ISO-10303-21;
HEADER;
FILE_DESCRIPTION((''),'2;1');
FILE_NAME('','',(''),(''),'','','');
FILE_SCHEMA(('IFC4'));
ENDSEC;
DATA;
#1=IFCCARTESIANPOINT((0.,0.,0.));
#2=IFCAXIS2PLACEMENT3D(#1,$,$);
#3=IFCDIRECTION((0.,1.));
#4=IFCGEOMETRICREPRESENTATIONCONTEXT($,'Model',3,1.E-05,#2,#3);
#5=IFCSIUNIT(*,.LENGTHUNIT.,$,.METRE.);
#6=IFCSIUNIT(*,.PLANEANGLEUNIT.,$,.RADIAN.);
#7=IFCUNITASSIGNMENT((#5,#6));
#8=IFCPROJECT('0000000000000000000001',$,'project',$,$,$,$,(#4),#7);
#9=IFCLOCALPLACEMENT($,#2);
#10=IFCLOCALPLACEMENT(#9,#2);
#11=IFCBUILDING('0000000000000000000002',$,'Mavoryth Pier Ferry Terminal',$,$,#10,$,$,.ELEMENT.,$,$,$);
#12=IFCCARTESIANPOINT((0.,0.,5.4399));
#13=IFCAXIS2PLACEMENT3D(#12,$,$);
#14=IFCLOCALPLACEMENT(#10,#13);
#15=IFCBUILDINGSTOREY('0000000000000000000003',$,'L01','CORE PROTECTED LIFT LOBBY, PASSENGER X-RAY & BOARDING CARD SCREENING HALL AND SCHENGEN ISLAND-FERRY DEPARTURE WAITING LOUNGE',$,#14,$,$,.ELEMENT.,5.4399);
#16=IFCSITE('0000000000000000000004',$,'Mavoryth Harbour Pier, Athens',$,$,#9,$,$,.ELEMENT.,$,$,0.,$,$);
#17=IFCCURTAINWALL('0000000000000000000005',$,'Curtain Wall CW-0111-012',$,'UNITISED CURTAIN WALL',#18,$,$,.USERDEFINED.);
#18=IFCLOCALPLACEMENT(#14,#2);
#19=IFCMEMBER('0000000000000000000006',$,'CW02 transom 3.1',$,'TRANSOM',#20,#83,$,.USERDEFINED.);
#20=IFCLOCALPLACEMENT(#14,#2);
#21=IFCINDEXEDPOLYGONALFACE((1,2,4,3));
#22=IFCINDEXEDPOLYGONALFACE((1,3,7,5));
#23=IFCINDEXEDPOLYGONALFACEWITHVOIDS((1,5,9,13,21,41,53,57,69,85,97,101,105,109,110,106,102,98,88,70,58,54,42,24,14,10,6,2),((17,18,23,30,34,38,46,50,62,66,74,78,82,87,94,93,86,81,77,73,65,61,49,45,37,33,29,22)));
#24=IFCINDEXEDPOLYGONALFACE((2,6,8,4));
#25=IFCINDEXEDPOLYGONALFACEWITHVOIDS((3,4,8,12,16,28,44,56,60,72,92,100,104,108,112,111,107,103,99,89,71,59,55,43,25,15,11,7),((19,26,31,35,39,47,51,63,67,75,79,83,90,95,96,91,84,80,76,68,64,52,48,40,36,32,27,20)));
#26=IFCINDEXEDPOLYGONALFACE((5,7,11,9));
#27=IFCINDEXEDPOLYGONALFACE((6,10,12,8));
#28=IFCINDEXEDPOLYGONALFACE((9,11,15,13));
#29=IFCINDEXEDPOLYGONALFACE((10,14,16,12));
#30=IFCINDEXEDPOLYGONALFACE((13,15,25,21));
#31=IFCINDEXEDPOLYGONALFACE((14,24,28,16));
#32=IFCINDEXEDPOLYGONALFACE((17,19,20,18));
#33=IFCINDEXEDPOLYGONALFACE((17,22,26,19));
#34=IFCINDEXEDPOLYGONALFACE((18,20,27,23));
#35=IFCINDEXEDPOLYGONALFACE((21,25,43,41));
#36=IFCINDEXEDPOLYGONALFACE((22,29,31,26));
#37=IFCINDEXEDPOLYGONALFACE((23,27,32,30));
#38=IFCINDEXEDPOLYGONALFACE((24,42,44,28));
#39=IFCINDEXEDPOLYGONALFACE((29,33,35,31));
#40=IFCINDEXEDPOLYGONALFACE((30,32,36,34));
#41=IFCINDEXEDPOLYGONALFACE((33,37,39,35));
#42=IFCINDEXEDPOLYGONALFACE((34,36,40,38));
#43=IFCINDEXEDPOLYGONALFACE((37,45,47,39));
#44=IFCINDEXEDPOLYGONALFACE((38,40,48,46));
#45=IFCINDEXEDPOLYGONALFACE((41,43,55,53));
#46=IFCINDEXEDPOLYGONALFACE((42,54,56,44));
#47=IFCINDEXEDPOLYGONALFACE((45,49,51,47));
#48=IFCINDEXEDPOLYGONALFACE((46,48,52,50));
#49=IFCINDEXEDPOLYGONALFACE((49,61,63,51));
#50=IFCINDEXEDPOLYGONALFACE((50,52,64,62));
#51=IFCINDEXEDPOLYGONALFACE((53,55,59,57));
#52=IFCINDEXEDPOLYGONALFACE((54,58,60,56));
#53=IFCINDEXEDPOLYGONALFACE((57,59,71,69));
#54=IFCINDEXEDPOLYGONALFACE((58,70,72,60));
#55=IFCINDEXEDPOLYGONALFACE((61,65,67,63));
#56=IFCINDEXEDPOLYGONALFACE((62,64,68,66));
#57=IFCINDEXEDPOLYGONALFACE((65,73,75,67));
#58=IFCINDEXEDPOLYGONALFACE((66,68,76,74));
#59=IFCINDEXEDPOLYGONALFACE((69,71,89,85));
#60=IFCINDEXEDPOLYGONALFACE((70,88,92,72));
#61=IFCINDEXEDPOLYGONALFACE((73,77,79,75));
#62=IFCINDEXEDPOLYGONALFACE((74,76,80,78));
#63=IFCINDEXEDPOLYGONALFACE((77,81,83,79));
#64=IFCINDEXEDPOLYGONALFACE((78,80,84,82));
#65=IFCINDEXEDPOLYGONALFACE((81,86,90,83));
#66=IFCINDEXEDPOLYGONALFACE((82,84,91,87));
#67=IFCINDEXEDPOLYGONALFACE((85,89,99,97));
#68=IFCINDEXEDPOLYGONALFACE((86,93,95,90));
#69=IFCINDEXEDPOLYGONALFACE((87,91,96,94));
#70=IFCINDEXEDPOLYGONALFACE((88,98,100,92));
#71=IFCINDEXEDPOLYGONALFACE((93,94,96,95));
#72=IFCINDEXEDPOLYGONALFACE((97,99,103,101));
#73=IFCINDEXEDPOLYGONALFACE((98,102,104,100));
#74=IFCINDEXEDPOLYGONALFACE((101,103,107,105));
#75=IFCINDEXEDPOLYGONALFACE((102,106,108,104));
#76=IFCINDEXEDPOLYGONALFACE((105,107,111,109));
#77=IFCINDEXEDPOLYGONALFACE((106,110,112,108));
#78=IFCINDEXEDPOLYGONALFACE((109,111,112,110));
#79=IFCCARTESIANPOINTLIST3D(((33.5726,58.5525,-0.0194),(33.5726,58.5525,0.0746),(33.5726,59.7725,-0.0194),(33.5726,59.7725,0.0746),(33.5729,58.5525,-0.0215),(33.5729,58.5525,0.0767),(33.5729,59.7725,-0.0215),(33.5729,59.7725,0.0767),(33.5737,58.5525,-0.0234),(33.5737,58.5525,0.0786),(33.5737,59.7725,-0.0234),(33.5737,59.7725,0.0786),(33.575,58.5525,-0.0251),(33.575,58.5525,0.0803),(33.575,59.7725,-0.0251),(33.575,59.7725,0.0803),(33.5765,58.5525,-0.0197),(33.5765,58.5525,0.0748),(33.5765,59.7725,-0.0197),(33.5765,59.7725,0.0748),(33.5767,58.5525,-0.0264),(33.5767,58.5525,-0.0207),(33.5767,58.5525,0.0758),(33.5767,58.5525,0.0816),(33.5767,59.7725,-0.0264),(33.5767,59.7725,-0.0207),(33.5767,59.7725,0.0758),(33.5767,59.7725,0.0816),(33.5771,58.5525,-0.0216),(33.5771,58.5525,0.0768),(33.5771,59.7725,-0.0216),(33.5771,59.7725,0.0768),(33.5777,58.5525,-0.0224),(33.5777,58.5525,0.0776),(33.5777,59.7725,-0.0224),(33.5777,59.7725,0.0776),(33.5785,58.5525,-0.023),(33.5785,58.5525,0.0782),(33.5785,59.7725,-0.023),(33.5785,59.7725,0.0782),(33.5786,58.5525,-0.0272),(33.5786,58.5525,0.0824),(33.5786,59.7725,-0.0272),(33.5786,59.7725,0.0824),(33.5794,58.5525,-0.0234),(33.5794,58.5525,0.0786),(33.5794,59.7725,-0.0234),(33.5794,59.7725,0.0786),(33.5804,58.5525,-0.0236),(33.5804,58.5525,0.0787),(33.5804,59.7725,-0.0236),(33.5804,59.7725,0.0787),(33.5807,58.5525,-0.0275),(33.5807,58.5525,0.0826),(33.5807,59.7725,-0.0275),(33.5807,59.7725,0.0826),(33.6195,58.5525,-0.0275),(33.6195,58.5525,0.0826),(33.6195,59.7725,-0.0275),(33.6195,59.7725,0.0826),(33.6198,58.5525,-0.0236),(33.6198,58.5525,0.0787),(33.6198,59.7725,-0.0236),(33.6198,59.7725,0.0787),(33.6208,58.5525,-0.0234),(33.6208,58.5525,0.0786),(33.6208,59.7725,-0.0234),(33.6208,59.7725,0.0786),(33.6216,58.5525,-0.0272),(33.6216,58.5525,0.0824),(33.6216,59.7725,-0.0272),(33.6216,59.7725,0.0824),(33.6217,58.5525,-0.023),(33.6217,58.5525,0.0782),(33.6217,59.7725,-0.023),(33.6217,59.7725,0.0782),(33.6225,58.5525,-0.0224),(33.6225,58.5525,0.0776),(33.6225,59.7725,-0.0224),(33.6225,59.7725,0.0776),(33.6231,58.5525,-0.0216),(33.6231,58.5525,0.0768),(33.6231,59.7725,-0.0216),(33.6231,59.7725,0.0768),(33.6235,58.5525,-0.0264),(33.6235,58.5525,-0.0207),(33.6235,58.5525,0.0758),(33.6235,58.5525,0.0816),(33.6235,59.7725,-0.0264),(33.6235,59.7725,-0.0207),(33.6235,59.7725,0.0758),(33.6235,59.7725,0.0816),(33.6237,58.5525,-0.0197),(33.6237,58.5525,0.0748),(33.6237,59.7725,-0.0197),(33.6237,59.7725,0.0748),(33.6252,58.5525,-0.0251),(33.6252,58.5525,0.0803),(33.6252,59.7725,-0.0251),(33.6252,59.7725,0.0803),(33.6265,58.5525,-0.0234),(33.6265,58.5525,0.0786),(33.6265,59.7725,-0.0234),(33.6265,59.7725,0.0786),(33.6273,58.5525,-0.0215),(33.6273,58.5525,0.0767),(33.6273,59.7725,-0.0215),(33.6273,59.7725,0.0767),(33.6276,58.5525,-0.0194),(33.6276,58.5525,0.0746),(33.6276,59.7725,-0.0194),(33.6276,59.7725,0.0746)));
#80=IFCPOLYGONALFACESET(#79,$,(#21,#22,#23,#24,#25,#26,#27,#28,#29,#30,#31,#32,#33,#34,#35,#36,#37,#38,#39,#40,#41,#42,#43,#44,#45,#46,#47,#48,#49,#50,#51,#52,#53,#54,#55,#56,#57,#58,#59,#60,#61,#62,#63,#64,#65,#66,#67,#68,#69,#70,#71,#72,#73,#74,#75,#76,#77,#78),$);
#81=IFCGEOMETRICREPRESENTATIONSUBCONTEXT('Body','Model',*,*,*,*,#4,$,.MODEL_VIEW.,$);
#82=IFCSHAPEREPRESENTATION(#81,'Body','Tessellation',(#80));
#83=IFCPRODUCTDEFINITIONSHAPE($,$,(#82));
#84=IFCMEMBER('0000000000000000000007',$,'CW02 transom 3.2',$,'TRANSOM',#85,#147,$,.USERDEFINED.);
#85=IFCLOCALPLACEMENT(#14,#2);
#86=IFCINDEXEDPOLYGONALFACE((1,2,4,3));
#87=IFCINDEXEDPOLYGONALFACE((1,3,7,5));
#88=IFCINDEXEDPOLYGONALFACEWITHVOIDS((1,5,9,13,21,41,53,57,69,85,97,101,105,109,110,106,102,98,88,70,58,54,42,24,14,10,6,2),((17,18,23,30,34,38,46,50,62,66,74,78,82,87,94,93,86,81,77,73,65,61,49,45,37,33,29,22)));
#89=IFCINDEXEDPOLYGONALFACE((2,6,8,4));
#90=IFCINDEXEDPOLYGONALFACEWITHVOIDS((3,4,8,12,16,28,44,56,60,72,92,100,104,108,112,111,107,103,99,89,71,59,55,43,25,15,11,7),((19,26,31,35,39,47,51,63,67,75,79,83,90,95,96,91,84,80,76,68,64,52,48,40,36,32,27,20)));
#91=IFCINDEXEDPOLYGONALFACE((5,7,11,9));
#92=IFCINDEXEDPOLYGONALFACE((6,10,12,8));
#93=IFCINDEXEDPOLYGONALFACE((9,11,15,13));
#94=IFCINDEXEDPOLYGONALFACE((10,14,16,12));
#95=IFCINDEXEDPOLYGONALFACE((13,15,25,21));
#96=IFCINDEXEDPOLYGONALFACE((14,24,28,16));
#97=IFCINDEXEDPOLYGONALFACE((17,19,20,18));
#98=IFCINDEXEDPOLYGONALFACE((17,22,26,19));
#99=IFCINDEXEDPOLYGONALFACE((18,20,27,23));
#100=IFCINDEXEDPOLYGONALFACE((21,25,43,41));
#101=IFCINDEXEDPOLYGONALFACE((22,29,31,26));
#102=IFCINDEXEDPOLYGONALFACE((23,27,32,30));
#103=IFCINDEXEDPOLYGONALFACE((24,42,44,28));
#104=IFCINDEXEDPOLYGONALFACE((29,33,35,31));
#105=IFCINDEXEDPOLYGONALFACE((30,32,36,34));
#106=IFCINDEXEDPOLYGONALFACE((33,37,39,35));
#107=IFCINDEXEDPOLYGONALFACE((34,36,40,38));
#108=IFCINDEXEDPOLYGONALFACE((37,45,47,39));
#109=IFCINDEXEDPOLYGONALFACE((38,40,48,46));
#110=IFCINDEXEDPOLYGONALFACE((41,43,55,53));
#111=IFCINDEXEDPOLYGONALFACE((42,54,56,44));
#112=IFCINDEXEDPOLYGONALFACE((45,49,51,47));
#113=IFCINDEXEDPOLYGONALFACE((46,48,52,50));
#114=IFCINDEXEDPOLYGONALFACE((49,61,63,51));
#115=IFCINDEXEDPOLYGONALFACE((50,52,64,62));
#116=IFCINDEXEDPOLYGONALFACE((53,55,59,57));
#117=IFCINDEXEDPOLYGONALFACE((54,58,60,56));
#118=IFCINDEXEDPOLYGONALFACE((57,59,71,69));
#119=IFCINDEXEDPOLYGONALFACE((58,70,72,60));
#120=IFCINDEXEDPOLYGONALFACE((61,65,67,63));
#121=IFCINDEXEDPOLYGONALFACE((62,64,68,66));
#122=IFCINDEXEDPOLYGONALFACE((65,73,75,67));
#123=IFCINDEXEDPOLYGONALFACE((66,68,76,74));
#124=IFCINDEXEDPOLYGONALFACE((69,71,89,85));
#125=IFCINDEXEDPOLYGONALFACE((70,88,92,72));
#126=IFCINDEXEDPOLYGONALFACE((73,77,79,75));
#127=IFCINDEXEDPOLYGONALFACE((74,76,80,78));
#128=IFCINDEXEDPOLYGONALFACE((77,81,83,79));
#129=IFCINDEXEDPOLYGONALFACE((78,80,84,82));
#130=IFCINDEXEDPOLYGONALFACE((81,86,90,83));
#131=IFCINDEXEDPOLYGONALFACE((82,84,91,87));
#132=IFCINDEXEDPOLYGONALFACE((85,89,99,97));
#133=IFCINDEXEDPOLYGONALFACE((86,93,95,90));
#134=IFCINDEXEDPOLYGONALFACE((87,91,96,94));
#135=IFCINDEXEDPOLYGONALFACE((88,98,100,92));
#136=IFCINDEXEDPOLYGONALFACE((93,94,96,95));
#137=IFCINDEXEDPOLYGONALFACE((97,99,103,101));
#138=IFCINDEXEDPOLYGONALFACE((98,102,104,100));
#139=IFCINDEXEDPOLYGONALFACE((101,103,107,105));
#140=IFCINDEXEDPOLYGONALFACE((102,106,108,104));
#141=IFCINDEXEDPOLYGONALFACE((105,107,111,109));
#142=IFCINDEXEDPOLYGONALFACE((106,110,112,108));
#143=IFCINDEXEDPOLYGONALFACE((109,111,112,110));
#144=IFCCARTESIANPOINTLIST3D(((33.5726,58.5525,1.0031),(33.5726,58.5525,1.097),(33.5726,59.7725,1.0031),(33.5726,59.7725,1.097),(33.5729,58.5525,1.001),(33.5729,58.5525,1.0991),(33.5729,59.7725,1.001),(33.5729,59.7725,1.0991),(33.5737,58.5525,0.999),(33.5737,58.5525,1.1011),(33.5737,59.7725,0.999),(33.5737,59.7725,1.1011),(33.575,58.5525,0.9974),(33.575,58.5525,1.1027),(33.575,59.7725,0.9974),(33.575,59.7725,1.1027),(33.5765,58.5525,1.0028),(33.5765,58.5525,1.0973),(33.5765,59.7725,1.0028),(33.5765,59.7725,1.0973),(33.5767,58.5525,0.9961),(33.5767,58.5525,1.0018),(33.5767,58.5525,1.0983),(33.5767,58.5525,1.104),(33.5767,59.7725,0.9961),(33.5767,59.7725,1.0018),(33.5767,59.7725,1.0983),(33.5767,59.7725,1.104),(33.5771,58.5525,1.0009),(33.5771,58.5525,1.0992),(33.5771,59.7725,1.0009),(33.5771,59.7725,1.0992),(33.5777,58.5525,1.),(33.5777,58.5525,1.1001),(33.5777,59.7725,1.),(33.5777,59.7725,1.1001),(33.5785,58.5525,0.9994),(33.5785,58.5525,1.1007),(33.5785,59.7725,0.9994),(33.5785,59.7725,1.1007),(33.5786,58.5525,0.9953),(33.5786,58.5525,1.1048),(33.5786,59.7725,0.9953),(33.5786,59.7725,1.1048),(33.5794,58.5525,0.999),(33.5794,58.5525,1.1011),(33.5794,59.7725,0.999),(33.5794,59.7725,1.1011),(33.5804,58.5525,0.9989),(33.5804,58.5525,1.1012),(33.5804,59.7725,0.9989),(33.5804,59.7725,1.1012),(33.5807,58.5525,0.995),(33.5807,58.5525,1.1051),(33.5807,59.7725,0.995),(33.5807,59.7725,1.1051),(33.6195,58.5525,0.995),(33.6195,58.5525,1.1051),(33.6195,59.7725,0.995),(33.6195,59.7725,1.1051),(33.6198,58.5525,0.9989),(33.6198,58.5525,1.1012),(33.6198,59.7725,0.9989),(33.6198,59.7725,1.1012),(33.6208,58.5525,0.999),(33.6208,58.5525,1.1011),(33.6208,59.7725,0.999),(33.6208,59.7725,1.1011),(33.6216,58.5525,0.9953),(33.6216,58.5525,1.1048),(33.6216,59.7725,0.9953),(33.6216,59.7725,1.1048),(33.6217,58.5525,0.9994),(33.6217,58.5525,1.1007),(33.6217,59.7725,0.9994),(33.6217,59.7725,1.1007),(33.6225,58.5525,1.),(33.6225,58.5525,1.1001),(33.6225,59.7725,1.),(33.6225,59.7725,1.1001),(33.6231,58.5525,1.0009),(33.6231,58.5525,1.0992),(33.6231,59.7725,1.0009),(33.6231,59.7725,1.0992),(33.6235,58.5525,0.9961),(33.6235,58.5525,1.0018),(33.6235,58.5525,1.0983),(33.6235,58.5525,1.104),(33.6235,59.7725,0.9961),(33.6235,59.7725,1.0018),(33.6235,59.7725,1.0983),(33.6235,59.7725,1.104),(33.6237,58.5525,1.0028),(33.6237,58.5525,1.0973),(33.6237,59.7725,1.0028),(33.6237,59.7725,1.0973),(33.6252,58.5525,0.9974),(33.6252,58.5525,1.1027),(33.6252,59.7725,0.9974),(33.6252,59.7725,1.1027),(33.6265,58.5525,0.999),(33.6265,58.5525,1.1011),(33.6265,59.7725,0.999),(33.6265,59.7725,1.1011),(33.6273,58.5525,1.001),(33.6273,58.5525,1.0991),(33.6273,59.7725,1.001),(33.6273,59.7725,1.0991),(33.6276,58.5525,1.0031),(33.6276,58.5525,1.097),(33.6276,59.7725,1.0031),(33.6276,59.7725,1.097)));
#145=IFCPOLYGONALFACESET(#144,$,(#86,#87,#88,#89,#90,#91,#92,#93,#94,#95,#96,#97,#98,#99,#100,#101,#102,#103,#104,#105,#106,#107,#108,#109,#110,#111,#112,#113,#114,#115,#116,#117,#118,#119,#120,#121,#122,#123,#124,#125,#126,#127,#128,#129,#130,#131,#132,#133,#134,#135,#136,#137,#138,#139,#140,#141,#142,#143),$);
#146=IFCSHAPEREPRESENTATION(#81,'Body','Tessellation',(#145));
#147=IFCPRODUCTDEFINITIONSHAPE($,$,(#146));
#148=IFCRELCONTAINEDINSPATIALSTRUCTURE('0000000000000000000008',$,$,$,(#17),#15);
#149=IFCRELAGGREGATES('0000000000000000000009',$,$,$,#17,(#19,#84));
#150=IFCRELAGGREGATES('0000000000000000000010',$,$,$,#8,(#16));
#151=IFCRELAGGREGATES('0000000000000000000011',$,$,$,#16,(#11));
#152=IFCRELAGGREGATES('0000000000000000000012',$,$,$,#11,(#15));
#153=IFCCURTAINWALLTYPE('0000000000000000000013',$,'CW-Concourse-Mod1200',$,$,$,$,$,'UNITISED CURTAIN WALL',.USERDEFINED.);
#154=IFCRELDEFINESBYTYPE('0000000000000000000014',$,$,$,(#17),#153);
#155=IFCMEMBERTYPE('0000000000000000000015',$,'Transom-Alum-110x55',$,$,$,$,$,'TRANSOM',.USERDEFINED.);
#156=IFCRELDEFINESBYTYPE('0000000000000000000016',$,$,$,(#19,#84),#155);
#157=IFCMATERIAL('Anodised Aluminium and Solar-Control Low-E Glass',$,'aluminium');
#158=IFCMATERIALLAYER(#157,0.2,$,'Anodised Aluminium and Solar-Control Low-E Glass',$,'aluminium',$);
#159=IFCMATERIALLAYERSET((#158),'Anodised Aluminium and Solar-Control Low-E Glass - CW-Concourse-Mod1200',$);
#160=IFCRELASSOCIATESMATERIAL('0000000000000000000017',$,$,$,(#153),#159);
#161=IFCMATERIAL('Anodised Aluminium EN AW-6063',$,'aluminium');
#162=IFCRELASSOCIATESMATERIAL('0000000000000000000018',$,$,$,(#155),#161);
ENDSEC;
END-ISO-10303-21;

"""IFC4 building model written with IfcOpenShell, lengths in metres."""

from ifc_helpers import new_model, si_unit, direction, frame, origin, origin_2d, place, context, subcontext, project, spatial, hollow_rectangle, extrude, material, layer, layer_set, material_profile, profile_set, type_object, element, aggregate, save


model = new_model("IFC4")

# Units and contexts
model_context = context("Model", 3, precision=1e-05, world=origin(), true_north=direction((0.0, 1.0)))
body_context = subcontext(model_context, "Body", "Model", "MODEL_VIEW")
ifc_project = project(units=[si_unit("LENGTHUNIT", "METRE"), si_unit("PLANEANGLEUNIT", "RADIAN")], contexts=[model_context])

# Site, building, storey
site_placement = place(None, origin())
site = spatial("IfcSite", under=ifc_project, at=site_placement, Name="Mavoryth Harbour Pier, Athens", CompositionType="ELEMENT", RefElevation=0.0)
building_placement = place(site_placement, origin())
building = spatial("IfcBuilding", under=site, at=building_placement, Name="Mavoryth Pier Ferry Terminal", CompositionType="ELEMENT")
storey_placement = place(building_placement, frame((0.0, 0.0, 5.4399)))
storey = spatial("IfcBuildingStorey", under=building, at=storey_placement, Name="L01", Description="CORE PROTECTED LIFT LOBBY, PASSENGER X-RAY & BOARDING CARD SCREENING HALL AND SCHENGEN ISLAND-FERRY DEPARTURE WAITING LOUNGE", CompositionType="ELEMENT", Elevation=5.4399)

# Curtain wall, members
ifc_material_1 = material(Name="Anodised Aluminium and Solar-Control Low-E Glass", Category="aluminium")
ifc_layer_1 = layer(ifc_material_1, 0.2, Name="Anodised Aluminium and Solar-Control Low-E Glass", Category="aluminium")
ifc_layer_set_1 = layer_set([ifc_layer_1], Name="Anodised Aluminium and Solar-Control Low-E Glass - CW-Concourse-Mod1200")
curtain_wall_type = type_object("IfcCurtainWallType", Name="CW-Concourse-Mod1200", ElementType="UNITISED CURTAIN WALL", PredefinedType="USERDEFINED", material=ifc_layer_set_1)
curtain_wall_placement = place(storey_placement, origin())
curtain_wall = element("IfcCurtainWall", 1, at=curtain_wall_placement, inside=storey, type_object=curtain_wall_type, Name="Curtain Wall CW-0111-012", ObjectType="UNITISED CURTAIN WALL", PredefinedType="USERDEFINED")
ifc_material_2 = material(Name="Anodised Aluminium EN AW-6063", Category="aluminium")
ifc_material_profile_1 = material_profile(ifc_material_2, hollow_rectangle(XDim=0.0549, YDim=0.1101, WallThickness=0.0039, InnerFilletRadius=0.0039, OuterFilletRadius=0.0081, at=origin_2d()), Name="AL-TRAN 110x55x4", Category="aluminium")
ifc_profile_set_1 = profile_set([ifc_material_profile_1], Name="Anodised Aluminium EN AW-6063 - AL-TRAN 110x55x4")
member_type_1 = type_object("IfcMemberType", Name="Transom-Alum-110x55", ElementType="TRANSOM", PredefinedType="USERDEFINED", material=ifc_profile_set_1)
member_1_placement = place(storey_placement, frame((33.6001, 58.5525, 0.0276), z_axis=(0.0, 1.0, 0.0), x_axis=(-1.0, 0.0, 0.0)))
member_1 = element("IfcMember", 2, at=member_1_placement, type_object=member_type_1, Name="CW02 transom 3.1", ObjectType="TRANSOM", PredefinedType="USERDEFINED", context=body_context, shape_type="SweptSolid", body=[
    extrude(hollow_rectangle(XDim=0.0549, YDim=0.1101, WallThickness=0.0039, InnerFilletRadius=0.0039, OuterFilletRadius=0.0081, at=origin_2d()), origin(), (0.0, 0.0, 1.0), 1.22),
])
member_2_placement = place(storey_placement, frame((33.6001, 58.5525, 1.05), z_axis=(0.0, 1.0, 0.0), x_axis=(-1.0, 0.0, 0.0)))
member_2 = element("IfcMember", 3, at=member_2_placement, type_object=member_type_1, Name="CW02 transom 3.2", ObjectType="TRANSOM", PredefinedType="USERDEFINED", context=body_context, shape_type="SweptSolid", body=[
    extrude(hollow_rectangle(XDim=0.0549, YDim=0.1101, WallThickness=0.0039, InnerFilletRadius=0.0039, OuterFilletRadius=0.0081, at=origin_2d()), origin(), (0.0, 0.0, 1.0), 1.22),
])
aggregate(curtain_wall, [member_1, member_2])

save(model, "model.ifc")
